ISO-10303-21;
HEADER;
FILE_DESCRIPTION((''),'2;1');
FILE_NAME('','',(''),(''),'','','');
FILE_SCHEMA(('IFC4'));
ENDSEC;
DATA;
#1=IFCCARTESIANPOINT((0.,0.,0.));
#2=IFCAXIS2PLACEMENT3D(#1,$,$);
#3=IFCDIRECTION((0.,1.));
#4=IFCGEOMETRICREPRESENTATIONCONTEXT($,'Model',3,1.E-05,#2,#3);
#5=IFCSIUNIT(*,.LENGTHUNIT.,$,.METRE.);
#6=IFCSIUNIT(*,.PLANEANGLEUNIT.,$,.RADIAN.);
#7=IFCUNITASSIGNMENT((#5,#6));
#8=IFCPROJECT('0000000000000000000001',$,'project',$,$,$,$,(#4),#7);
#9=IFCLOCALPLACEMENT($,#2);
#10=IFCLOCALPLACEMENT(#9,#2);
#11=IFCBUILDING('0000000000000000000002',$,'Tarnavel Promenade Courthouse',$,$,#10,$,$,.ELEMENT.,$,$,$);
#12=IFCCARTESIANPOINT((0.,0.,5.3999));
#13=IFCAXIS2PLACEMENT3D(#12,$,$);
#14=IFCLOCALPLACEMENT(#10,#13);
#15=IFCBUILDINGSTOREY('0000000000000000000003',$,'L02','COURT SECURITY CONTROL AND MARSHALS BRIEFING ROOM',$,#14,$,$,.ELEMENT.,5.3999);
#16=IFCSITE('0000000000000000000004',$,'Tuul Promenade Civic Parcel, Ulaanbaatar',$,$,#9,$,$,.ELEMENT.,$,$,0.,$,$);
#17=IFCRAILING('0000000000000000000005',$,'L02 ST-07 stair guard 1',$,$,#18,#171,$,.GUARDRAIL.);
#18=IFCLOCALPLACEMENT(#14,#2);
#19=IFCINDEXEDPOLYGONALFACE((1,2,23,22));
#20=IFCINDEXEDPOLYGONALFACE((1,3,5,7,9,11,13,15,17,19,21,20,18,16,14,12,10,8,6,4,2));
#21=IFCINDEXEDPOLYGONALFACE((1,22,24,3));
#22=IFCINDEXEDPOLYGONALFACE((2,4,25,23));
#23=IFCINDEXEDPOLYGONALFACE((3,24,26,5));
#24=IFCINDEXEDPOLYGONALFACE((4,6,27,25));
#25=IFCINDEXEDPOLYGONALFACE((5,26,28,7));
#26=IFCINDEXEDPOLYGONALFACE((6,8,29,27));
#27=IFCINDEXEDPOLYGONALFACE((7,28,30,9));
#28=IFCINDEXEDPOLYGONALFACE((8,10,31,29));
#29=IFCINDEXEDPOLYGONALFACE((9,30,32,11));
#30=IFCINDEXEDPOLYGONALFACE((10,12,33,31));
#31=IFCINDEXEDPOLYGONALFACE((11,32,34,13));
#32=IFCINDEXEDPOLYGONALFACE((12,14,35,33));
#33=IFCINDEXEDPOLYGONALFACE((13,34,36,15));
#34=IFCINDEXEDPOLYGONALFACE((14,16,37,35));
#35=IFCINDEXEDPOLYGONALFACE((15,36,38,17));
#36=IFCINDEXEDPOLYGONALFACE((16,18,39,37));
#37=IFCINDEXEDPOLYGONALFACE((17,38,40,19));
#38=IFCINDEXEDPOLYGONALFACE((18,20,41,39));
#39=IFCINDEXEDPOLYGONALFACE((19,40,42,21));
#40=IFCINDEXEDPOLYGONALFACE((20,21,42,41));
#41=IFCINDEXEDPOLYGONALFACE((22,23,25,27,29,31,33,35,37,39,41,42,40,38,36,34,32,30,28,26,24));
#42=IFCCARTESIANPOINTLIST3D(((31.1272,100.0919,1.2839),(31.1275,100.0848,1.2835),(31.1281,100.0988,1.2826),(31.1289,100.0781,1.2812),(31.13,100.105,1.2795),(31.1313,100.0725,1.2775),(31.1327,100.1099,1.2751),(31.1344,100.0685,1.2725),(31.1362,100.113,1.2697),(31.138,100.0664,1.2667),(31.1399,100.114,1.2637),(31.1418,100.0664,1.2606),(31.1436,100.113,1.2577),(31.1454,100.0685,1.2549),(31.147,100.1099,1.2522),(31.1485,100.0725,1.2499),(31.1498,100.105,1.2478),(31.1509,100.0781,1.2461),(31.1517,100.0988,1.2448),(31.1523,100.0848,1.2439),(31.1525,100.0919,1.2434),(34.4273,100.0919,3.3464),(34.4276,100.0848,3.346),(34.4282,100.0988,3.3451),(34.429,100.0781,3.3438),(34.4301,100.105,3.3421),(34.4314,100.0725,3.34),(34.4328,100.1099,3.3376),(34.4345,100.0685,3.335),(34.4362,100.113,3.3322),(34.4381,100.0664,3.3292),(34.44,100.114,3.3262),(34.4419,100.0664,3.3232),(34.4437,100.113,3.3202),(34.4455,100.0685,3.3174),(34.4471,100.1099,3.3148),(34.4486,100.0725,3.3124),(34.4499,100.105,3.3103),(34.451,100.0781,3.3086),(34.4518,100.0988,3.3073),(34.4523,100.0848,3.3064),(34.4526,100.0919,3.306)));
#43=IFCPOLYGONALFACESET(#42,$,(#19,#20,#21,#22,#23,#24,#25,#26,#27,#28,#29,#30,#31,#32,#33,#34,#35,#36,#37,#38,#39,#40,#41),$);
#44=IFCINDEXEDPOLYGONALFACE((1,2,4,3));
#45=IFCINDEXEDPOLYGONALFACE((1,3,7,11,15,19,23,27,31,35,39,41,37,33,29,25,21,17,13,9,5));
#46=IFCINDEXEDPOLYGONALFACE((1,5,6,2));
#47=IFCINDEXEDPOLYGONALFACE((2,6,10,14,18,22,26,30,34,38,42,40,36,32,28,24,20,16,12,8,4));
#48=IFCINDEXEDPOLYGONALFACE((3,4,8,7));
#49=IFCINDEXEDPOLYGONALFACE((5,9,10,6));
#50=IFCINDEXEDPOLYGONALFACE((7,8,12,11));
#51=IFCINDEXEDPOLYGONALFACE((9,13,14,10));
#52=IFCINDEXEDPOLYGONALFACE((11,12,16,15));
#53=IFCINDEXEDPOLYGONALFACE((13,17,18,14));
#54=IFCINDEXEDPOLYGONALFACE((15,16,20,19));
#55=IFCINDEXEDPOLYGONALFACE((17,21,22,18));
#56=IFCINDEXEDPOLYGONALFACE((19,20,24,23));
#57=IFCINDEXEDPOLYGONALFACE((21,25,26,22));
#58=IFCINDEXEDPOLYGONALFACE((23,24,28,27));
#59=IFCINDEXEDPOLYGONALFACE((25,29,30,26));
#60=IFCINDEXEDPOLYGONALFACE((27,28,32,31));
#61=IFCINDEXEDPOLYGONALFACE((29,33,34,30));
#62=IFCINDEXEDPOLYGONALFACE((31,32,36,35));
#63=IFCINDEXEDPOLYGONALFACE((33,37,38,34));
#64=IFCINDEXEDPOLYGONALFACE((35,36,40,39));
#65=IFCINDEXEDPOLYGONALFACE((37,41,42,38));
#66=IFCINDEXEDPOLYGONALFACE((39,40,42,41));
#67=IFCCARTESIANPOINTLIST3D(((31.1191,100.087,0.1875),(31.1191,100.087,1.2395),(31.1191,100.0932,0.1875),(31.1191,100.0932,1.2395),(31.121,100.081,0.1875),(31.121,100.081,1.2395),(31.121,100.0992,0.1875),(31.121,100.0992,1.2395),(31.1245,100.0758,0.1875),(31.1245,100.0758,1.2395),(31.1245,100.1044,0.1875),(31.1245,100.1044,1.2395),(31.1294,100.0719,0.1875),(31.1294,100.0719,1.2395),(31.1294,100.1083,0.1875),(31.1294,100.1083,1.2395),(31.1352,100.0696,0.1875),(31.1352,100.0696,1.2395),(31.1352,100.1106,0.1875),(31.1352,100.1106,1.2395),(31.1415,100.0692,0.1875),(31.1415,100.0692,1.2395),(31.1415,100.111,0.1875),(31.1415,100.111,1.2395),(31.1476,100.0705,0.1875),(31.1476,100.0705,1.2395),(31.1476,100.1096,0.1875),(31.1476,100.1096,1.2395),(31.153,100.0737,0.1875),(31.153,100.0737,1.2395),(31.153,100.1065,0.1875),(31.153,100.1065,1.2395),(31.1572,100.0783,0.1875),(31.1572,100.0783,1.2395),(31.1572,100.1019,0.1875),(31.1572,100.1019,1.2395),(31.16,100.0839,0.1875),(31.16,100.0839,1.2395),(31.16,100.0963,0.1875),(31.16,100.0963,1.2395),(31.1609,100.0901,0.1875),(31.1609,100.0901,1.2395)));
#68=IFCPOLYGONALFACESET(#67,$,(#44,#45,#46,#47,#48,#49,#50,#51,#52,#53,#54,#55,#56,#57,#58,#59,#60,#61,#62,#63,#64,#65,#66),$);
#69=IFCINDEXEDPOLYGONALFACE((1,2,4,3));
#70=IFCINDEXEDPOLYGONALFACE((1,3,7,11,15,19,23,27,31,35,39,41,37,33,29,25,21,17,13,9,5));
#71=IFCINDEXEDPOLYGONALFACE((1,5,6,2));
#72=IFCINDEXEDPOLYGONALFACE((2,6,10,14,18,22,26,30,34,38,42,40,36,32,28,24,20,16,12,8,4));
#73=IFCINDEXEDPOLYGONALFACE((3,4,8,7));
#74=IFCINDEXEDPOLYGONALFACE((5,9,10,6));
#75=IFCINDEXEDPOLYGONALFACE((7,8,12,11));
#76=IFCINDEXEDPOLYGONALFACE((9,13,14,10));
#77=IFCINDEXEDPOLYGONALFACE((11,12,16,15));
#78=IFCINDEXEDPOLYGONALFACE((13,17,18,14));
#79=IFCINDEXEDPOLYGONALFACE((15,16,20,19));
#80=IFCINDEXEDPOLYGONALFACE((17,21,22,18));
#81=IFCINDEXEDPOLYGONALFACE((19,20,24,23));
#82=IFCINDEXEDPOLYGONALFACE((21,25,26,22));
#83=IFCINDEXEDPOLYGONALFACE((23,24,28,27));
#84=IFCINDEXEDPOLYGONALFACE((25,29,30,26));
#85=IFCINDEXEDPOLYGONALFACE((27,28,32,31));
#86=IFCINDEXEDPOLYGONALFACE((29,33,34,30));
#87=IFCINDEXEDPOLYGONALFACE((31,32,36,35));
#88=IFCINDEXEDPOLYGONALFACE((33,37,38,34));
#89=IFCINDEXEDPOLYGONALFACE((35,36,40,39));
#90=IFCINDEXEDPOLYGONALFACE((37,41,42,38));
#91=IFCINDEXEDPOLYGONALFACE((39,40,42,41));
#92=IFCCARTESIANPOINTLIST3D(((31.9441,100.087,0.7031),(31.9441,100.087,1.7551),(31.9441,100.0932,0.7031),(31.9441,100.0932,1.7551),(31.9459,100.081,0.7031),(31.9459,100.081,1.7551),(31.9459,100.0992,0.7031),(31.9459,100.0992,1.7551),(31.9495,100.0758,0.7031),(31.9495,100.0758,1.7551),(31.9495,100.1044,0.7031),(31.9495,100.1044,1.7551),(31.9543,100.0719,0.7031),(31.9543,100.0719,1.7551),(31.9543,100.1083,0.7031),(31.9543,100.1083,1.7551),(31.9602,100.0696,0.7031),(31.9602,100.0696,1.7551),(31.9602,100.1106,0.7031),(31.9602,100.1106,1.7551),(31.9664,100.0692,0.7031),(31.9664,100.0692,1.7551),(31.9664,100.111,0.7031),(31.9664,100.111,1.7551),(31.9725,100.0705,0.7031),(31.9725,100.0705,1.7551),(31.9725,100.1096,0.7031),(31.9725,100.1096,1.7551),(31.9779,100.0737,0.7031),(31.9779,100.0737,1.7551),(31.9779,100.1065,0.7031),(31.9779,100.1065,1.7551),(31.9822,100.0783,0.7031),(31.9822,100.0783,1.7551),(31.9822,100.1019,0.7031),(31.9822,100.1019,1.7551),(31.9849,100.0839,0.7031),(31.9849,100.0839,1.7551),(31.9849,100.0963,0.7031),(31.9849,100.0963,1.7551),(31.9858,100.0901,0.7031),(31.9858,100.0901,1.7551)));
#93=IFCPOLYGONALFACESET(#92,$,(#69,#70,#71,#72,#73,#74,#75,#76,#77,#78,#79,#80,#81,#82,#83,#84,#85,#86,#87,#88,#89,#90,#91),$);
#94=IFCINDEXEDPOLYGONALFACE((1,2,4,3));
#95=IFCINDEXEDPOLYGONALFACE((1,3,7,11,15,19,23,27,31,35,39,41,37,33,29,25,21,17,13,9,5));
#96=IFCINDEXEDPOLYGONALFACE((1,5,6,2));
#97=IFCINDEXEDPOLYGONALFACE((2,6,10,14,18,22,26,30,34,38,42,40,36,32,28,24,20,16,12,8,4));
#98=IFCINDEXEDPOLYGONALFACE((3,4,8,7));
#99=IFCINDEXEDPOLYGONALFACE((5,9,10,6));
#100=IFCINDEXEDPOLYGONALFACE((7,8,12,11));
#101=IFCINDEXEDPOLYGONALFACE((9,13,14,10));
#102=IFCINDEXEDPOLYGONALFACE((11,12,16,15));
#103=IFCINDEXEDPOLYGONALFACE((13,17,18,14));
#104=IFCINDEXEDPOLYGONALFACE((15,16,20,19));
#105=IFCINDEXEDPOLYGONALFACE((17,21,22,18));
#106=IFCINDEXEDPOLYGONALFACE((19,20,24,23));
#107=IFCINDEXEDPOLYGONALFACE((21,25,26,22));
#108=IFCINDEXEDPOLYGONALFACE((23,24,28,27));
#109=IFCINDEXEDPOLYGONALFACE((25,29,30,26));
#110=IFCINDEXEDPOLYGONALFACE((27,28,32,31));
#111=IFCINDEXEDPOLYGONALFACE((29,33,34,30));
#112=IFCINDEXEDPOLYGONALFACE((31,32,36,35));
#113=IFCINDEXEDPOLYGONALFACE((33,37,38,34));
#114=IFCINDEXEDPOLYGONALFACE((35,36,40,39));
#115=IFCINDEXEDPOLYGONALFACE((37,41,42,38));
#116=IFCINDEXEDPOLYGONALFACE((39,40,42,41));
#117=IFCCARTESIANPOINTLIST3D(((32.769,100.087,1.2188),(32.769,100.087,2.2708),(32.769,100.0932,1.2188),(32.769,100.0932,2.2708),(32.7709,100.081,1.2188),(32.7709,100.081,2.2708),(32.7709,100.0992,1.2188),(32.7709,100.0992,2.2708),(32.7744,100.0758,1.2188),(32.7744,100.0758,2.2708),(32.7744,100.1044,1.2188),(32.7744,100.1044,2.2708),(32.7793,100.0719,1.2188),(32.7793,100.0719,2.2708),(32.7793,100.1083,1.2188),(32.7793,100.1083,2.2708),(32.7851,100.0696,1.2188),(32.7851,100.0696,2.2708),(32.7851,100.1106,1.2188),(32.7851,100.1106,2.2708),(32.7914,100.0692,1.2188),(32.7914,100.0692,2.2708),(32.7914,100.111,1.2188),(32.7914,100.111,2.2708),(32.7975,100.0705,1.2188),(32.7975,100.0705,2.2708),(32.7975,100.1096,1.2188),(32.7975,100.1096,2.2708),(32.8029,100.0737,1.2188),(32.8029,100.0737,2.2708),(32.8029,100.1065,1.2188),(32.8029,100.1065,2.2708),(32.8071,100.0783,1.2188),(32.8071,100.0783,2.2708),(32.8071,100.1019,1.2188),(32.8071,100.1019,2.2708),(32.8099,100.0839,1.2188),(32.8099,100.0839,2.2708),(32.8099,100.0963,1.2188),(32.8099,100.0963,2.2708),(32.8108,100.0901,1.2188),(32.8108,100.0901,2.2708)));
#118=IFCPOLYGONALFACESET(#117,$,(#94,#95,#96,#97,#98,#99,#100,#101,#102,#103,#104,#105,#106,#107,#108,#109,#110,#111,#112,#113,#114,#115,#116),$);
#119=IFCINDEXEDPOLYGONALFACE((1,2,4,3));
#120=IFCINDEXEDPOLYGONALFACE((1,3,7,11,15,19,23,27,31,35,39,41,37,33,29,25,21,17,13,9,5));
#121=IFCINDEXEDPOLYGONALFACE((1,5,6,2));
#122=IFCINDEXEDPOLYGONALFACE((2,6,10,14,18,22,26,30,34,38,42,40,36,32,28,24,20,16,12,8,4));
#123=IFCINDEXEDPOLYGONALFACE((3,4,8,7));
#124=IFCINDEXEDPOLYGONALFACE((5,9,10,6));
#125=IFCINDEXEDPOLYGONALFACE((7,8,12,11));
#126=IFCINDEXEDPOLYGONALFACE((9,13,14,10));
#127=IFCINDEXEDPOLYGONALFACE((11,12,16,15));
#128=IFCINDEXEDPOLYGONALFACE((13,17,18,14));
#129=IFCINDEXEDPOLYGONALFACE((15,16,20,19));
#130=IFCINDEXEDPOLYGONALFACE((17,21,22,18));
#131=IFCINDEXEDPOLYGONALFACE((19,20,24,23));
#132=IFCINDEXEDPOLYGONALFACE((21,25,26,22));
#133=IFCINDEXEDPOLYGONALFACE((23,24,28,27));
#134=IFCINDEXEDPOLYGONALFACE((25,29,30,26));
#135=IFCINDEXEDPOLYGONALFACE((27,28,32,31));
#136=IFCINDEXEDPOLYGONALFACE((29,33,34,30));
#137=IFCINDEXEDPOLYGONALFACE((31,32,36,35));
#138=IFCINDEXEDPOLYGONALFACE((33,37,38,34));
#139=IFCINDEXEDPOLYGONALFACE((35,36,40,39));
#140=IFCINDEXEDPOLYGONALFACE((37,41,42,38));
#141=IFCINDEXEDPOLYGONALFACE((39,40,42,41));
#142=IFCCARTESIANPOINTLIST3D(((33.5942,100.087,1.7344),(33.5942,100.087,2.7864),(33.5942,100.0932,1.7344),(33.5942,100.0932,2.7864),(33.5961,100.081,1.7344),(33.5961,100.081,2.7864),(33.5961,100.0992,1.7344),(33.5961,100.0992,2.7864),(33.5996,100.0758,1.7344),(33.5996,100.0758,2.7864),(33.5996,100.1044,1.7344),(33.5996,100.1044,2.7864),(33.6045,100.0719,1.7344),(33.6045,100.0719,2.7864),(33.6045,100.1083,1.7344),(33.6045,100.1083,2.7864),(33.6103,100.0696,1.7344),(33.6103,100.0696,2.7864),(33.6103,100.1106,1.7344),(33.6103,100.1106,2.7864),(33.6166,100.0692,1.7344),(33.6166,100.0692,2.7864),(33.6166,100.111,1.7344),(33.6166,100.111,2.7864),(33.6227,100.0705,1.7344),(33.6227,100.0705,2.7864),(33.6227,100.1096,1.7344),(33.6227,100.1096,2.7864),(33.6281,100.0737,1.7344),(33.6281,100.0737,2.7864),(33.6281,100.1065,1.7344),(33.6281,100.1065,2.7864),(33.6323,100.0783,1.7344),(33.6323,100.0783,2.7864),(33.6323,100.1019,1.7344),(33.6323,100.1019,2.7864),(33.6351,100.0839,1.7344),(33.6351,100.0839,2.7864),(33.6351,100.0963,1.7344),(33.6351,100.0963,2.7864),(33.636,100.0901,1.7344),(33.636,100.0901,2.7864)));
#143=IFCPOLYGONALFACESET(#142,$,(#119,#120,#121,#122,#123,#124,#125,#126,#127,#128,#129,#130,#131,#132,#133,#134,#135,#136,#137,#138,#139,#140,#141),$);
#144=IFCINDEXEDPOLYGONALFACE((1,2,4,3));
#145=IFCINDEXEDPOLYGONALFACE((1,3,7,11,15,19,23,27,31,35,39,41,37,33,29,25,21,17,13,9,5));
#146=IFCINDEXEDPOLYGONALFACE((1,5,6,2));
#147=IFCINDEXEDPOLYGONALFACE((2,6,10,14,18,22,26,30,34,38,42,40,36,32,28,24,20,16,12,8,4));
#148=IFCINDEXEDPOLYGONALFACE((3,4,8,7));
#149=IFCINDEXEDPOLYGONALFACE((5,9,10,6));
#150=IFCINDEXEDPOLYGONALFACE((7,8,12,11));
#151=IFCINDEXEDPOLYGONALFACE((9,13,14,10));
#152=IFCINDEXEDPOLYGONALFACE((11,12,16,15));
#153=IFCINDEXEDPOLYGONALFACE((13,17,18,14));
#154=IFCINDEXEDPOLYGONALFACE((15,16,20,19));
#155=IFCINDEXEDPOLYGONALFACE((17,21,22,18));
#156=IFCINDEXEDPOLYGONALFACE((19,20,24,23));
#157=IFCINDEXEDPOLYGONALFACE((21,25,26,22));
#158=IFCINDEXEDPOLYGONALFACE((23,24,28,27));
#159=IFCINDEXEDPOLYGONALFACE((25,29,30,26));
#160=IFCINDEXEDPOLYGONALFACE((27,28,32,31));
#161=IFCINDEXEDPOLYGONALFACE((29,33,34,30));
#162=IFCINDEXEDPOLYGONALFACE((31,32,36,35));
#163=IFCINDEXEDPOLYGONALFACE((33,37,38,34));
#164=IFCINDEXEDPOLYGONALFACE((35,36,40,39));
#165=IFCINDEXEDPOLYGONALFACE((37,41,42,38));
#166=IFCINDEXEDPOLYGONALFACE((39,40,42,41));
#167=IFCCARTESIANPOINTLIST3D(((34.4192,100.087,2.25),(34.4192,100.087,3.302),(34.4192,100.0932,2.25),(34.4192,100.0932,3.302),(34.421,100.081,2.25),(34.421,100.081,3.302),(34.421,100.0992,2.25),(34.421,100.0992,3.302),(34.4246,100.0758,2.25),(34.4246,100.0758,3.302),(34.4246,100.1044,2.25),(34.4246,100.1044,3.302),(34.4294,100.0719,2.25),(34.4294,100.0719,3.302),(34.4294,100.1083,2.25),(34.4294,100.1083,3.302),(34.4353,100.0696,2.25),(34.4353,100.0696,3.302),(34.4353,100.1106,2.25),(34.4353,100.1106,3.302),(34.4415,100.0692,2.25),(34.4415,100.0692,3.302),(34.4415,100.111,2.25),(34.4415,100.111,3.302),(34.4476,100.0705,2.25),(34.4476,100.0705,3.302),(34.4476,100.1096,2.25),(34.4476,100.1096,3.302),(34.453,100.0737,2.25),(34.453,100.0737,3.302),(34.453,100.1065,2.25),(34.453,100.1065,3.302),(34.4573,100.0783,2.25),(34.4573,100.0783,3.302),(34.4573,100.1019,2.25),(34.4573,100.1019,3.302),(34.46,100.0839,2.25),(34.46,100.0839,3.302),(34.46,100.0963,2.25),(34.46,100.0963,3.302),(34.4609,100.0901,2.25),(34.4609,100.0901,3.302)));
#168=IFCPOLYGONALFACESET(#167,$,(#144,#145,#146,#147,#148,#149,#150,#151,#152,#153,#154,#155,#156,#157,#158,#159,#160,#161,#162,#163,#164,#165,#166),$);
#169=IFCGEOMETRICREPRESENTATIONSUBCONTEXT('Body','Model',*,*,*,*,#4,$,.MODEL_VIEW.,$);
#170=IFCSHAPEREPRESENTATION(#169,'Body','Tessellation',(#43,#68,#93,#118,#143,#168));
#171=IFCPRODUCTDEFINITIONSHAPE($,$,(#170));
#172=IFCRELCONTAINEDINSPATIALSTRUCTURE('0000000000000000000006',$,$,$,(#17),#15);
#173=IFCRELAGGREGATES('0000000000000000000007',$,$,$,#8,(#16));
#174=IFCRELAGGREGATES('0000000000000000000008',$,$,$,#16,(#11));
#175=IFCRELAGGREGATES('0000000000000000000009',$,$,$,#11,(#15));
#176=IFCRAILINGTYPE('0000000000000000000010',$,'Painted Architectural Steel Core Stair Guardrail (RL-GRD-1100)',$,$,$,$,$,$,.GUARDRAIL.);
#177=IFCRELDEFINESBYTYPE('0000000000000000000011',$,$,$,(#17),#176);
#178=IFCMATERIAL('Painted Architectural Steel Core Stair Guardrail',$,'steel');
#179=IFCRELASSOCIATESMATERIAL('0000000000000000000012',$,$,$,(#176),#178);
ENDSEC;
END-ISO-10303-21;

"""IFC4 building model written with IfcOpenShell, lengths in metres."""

from ifc_helpers import new_model, si_unit, direction, frame, origin, origin_2d, place, context, subcontext, project, spatial, circle, extrude, material, type_object, element, save


model = new_model("IFC4")

# Units and contexts
model_context = context("Model", 3, precision=1e-05, world=origin(), true_north=direction((0.0, 1.0)))
body_context = subcontext(model_context, "Body", "Model", "MODEL_VIEW")
ifc_project = project(units=[si_unit("LENGTHUNIT", "METRE"), si_unit("PLANEANGLEUNIT", "RADIAN")], contexts=[model_context])

# Site, building, storey
site_placement = place(None, origin())
site = spatial("IfcSite", under=ifc_project, at=site_placement, Name="Tuul Promenade Civic Parcel, Ulaanbaatar", CompositionType="ELEMENT", RefElevation=0.0)
building_placement = place(site_placement, origin())
building = spatial("IfcBuilding", under=site, at=building_placement, Name="Tarnavel Promenade Courthouse", CompositionType="ELEMENT")
storey_placement = place(building_placement, frame((0.0, 0.0, 5.3999)))
storey = spatial("IfcBuildingStorey", under=building, at=storey_placement, Name="L02", Description="COURT SECURITY CONTROL AND MARSHALS BRIEFING ROOM", CompositionType="ELEMENT", Elevation=5.3999)

# Railing
ifc_material_1 = material(Name="Painted Architectural Steel Core Stair Guardrail", Category="steel")
railing_type_1 = type_object("IfcRailingType", Name="Painted Architectural Steel Core Stair Guardrail (RL-GRD-1100)", PredefinedType="GUARDRAIL", material=ifc_material_1)
railing_1_placement = place(storey_placement, frame((31.1399, 100.0901, 0.1875)))
element("IfcRailing", 1, at=railing_1_placement, inside=storey, type_object=railing_type_1, Name="L02 ST-07 stair guard 1", PredefinedType="GUARDRAIL", context=body_context, shape_type="SweptSolid", body=[
    extrude(circle(Radius=0.0239, at=origin_2d()), frame((0.0, 0.0, 1.0762), z_axis=(0.848002, 0.0, 0.529993), x_axis=(0.0, 1.0, 0.0)), (0.0, 0.0, 1.0), 3.8916),
    extrude(circle(Radius=0.021, at=origin_2d()), origin(), (0.0, 0.0, 1.0), 1.052),
    extrude(circle(Radius=0.021, at=origin_2d()), frame((0.825, 0.0, 0.5156)), (0.0, 0.0, 1.0), 1.052),
    extrude(circle(Radius=0.021, at=origin_2d()), frame((1.6499, 0.0, 1.0312)), (0.0, 0.0, 1.0), 1.052),
    extrude(circle(Radius=0.021, at=origin_2d()), frame((2.4751, 0.0, 1.5469)), (0.0, 0.0, 1.0), 1.052),
    extrude(circle(Radius=0.021, at=origin_2d()), frame((3.3, 0.0, 2.0625)), (0.0, 0.0, 1.0), 1.052),
])

save(model, "model.ifc")
